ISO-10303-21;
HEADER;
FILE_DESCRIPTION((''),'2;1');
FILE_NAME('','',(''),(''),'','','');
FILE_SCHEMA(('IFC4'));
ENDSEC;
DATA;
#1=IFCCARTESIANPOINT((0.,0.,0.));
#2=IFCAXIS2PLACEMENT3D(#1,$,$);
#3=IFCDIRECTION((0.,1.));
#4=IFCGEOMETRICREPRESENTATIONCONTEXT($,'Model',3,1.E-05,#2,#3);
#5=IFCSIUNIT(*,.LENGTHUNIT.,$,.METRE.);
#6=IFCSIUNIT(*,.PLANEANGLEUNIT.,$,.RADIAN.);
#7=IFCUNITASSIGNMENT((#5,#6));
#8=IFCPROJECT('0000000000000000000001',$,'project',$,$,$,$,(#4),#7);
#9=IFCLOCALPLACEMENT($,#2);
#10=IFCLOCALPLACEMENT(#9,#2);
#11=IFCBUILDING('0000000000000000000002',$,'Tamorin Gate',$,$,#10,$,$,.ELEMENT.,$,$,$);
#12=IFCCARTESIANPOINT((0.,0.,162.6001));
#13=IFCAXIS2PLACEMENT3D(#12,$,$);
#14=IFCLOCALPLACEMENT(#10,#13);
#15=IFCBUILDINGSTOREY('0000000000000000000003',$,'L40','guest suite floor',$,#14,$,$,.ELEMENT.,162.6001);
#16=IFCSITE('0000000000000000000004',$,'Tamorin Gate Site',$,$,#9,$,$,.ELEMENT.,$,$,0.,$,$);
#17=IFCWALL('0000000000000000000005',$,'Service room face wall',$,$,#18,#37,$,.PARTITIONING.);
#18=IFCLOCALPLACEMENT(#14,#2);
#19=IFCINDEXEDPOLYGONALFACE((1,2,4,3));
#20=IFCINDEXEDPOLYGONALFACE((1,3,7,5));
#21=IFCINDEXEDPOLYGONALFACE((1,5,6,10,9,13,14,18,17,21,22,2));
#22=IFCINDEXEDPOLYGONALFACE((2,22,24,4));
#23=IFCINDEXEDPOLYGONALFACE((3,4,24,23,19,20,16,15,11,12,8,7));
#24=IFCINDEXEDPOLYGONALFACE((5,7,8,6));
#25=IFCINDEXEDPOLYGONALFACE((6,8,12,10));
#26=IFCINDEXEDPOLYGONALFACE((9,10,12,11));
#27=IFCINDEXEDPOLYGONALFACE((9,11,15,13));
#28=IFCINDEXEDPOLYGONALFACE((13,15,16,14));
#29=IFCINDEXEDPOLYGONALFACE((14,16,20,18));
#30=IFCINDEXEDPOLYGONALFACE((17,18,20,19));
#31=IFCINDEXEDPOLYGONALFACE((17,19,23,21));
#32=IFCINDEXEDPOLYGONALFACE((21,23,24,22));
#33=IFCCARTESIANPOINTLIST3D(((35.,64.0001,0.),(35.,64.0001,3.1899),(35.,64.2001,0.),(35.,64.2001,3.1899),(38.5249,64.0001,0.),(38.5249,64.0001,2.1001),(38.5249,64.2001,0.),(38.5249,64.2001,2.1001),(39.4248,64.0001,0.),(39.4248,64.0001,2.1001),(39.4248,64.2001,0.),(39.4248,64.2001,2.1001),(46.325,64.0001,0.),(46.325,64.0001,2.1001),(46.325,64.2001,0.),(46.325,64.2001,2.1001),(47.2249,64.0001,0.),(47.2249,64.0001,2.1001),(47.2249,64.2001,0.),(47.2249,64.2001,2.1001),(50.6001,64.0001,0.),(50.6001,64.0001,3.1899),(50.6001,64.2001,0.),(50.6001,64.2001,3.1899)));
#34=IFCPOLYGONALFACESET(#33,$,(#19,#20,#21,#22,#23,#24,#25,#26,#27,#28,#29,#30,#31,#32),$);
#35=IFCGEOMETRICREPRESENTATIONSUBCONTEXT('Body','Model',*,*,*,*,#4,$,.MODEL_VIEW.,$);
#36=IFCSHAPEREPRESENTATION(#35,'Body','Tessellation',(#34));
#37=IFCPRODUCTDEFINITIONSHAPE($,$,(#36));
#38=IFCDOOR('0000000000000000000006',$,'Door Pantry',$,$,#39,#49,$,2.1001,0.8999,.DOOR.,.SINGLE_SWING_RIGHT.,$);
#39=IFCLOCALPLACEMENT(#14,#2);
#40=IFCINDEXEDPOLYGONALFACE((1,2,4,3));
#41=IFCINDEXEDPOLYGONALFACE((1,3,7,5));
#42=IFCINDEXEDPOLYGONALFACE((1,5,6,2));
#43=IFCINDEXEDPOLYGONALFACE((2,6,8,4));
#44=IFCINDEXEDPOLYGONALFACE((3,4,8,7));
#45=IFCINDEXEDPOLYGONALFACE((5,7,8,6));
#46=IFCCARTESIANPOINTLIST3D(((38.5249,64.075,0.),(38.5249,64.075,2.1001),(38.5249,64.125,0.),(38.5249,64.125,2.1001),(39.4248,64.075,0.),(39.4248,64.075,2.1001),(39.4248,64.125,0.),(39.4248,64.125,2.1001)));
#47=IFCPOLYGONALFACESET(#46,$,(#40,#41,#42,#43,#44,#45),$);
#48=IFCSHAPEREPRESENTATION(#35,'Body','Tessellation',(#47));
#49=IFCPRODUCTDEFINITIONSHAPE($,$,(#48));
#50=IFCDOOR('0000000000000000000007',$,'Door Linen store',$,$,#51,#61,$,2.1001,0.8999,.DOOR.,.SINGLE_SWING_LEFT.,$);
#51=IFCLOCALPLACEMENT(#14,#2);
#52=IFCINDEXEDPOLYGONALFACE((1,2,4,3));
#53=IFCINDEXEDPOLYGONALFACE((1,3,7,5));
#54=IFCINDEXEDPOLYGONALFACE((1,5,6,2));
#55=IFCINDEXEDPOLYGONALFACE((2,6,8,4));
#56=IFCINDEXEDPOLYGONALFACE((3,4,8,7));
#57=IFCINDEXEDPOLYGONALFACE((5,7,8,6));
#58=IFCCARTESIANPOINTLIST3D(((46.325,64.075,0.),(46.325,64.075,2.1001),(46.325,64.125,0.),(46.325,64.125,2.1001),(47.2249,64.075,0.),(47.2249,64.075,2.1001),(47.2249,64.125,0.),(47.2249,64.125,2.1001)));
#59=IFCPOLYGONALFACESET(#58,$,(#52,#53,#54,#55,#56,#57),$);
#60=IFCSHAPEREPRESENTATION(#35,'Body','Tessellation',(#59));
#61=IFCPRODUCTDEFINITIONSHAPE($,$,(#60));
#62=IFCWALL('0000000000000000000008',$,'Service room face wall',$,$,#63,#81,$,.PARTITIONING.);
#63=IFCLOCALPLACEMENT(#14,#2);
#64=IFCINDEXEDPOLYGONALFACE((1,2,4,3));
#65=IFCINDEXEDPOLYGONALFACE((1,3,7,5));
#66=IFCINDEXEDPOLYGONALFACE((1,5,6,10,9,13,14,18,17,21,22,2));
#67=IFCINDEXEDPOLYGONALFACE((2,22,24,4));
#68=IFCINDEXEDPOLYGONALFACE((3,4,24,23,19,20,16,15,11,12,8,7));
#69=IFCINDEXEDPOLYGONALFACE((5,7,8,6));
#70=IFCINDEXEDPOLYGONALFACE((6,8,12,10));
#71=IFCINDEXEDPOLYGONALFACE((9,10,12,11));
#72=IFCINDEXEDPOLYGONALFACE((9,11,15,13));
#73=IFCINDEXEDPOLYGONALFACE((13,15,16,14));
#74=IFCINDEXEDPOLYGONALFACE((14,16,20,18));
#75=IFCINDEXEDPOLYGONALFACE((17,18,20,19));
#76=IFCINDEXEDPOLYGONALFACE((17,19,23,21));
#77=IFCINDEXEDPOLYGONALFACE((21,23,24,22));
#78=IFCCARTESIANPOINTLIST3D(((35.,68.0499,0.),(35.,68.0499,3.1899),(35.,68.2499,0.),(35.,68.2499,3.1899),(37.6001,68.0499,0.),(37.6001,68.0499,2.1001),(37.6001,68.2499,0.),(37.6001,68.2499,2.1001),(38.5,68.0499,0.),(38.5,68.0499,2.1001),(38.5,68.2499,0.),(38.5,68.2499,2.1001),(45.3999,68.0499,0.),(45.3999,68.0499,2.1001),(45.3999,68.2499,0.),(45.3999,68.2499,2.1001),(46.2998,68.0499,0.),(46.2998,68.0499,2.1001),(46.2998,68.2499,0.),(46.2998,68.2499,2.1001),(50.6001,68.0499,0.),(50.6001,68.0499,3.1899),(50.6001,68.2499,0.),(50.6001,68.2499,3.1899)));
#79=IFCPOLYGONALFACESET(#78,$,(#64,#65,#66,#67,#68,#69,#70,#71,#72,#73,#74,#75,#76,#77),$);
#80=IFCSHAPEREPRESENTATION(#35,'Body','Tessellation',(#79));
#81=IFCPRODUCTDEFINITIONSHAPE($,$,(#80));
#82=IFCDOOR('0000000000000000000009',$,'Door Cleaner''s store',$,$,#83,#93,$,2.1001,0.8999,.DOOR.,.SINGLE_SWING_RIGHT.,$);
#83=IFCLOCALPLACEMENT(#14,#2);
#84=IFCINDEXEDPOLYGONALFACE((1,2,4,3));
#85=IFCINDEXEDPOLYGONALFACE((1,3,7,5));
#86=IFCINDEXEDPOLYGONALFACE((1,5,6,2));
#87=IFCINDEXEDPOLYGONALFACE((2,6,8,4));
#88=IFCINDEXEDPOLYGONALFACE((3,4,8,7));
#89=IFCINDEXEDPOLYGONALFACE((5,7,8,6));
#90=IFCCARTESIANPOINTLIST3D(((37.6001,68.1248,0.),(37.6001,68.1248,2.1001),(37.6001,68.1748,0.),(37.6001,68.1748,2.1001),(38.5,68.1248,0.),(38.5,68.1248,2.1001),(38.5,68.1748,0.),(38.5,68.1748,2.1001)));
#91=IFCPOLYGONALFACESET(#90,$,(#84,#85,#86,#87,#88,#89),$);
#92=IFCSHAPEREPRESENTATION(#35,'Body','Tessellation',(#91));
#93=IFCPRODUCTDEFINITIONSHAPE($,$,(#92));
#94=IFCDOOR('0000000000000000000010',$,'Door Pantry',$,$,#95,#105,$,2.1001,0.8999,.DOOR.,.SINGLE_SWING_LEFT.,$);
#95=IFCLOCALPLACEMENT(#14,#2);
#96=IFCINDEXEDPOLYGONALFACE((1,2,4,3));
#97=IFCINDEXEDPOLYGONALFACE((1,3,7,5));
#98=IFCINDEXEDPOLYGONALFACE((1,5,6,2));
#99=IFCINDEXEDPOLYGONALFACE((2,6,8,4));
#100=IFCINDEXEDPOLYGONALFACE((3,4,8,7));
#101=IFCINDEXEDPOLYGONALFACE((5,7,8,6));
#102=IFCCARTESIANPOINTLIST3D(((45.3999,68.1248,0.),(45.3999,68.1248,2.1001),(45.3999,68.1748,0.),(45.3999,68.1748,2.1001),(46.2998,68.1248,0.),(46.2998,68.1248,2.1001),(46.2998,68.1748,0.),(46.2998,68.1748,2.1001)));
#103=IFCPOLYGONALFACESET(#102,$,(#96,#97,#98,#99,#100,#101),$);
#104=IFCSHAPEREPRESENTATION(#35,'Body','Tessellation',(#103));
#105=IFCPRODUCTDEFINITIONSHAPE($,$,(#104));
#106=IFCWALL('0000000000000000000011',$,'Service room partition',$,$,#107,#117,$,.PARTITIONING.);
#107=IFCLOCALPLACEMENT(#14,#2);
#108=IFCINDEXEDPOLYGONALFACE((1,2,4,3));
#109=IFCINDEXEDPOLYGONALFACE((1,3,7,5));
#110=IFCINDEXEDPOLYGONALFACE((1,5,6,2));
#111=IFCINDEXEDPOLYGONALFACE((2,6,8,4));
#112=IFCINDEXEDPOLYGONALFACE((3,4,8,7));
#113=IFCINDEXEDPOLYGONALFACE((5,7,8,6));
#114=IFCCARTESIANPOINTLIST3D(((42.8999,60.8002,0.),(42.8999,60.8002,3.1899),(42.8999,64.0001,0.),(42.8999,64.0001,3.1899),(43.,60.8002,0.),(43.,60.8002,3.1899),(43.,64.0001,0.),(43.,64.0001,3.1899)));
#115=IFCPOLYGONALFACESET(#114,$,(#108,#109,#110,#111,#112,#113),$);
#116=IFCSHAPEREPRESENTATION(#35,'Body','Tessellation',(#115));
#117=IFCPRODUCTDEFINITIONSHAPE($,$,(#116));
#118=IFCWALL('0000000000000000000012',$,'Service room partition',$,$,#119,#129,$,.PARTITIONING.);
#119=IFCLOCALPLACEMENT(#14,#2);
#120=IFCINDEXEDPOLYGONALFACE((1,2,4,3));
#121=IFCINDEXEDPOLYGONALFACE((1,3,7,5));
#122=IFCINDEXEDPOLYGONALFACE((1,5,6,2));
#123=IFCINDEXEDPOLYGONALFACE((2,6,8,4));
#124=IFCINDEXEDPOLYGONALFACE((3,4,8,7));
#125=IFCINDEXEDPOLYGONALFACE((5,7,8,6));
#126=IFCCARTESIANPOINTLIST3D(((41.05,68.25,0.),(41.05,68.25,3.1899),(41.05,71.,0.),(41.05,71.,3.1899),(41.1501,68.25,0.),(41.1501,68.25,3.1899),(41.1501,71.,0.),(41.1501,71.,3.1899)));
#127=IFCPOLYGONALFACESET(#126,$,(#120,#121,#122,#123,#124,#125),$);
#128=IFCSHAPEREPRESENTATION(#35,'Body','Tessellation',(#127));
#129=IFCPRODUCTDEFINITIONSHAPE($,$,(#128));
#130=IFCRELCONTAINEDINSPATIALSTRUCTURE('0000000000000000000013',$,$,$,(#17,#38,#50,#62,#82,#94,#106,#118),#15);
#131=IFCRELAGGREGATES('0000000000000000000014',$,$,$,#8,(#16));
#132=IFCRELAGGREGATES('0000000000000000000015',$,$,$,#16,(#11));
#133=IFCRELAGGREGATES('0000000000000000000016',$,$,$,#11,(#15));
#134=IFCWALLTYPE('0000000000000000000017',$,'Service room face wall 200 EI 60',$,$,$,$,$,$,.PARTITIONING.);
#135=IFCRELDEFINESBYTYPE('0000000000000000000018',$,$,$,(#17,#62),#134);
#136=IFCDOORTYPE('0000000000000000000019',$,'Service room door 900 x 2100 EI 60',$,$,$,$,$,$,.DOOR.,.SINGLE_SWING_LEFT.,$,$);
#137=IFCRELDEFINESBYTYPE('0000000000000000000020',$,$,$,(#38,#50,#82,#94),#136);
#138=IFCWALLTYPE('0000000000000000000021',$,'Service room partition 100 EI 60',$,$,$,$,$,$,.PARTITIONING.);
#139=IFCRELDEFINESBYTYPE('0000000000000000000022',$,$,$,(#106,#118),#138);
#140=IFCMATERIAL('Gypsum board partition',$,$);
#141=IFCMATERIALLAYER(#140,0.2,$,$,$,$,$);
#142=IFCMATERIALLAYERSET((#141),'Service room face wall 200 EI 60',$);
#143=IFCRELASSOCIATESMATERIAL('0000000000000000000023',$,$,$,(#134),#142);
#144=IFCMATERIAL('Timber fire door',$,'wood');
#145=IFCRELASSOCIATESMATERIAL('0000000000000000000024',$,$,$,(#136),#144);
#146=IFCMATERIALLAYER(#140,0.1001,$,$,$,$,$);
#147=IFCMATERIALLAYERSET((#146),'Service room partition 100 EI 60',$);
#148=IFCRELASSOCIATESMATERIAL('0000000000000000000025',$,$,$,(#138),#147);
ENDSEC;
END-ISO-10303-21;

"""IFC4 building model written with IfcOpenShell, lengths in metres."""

from ifc_helpers import new_model, si_unit, direction, frame, frame_2d, origin, place, context, subcontext, project, spatial, rectangle, extrude, material, layer, layer_set, type_object, element, fill, save


model = new_model("IFC4")

# Units and contexts
model_context = context("Model", 3, precision=1e-05, world=origin(), true_north=direction((0.0, 1.0)))
body_context = subcontext(model_context, "Body", "Model", "MODEL_VIEW")
ifc_project = project(units=[si_unit("LENGTHUNIT", "METRE"), si_unit("PLANEANGLEUNIT", "RADIAN")], contexts=[model_context])

# Site, building, storey
site_placement = place(None, origin())
site = spatial("IfcSite", under=ifc_project, at=site_placement, Name="Tamorin Gate Site", CompositionType="ELEMENT", RefElevation=0.0)
building_placement = place(site_placement, origin())
building = spatial("IfcBuilding", under=site, at=building_placement, Name="Tamorin Gate", CompositionType="ELEMENT")
storey_placement = place(building_placement, frame((0.0, 0.0, 162.6001)))
storey = spatial("IfcBuildingStorey", under=building, at=storey_placement, Name="L40", Description="guest suite floor", CompositionType="ELEMENT", Elevation=162.6001)

# Walls, openings, doors
ifc_material_1 = material(Name="Gypsum board partition")
ifc_layer_1 = layer(ifc_material_1, 0.2)
ifc_layer_set_1 = layer_set([ifc_layer_1], Name="Service room face wall 200 EI 60")
wall_type_1 = type_object("IfcWallType", Name="Service room face wall 200 EI 60", PredefinedType="PARTITIONING", material=ifc_layer_set_1)
wall_1_placement = place(storey_placement, frame((35.0, 64.1001, 0.0), z_axis=(0.0, 0.0, 1.0), x_axis=(1.0, 0.0, 0.0)))
wall_1 = element("IfcWall", 1, at=wall_1_placement, inside=storey, type_object=wall_type_1, Name="Service room face wall", PredefinedType="PARTITIONING", context=body_context, shape_type="SweptSolid", body=[
    extrude(rectangle(XDim=15.6001, YDim=0.2, at=frame_2d((7.8, 0.0))), origin(), (0.0, 0.0, 1.0), 3.1899),
])
opening_1_placement = place(wall_1_placement, frame((3.5249, 0.0, 0.0)))
opening_1 = element("IfcOpeningElement", 2, at=opening_1_placement, cuts=wall_1, PredefinedType="OPENING", context=body_context, shape_type="SweptSolid", body=[
    extrude(rectangle(XDim=0.8999, YDim=2.1001, at=frame_2d((0.45, 1.05))), frame((0.0, 0.1099, 0.0), z_axis=(0.0, -1.0, 0.0), x_axis=(1.0, 0.0, 0.0)), (0.0, 0.0, 1.0), 0.22),
])
opening_2_placement = place(wall_1_placement, frame((11.325, 0.0, 0.0)))
opening_2 = element("IfcOpeningElement", 3, at=opening_2_placement, cuts=wall_1, PredefinedType="OPENING", context=body_context, shape_type="SweptSolid", body=[
    extrude(rectangle(XDim=0.8999, YDim=2.1001, at=frame_2d((0.45, 1.05))), frame((0.0, 0.1099, 0.0), z_axis=(0.0, -1.0, 0.0), x_axis=(1.0, 0.0, 0.0)), (0.0, 0.0, 1.0), 0.22),
])
ifc_material_2 = material(Name="Timber fire door", Category="wood")
door_type_1 = type_object("IfcDoorType", Name="Service room door 900 x 2100 EI 60", OperationType="SINGLE_SWING_LEFT", PredefinedType="DOOR", material=ifc_material_2)
door_1_placement = place(opening_1_placement, origin())
door_1 = element("IfcDoor", 4, at=door_1_placement, inside=storey, type_object=door_type_1, Name="Door Pantry", OperationType="SINGLE_SWING_RIGHT", OverallHeight=2.1001, OverallWidth=0.8999, PredefinedType="DOOR", context=body_context, shape_type="SweptSolid", body=[
    extrude(rectangle(XDim=0.8999, YDim=2.1001, at=frame_2d((0.45, 1.05))), frame((0.0, 0.0249, 0.0), z_axis=(0.0, -1.0, 0.0), x_axis=(1.0, 0.0, 0.0)), (0.0, 0.0, 1.0), 0.05),
])
fill(opening_1, door_1)
door_2_placement = place(opening_2_placement, origin())
door_2 = element("IfcDoor", 5, at=door_2_placement, inside=storey, type_object=door_type_1, Name="Door Linen store", OperationType="SINGLE_SWING_LEFT", OverallHeight=2.1001, OverallWidth=0.8999, PredefinedType="DOOR", context=body_context, shape_type="SweptSolid", body=[
    extrude(rectangle(XDim=0.8999, YDim=2.1001, at=frame_2d((0.45, 1.05))), frame((0.0, 0.0249, 0.0), z_axis=(0.0, -1.0, 0.0), x_axis=(1.0, 0.0, 0.0)), (0.0, 0.0, 1.0), 0.05),
])
fill(opening_2, door_2)
wall_2_placement = place(storey_placement, frame((35.0, 68.1499, 0.0), z_axis=(0.0, 0.0, 1.0), x_axis=(1.0, 0.0, 0.0)))
wall_2 = element("IfcWall", 6, at=wall_2_placement, inside=storey, type_object=wall_type_1, Name="Service room face wall", PredefinedType="PARTITIONING", context=body_context, shape_type="SweptSolid", body=[
    extrude(rectangle(XDim=15.6001, YDim=0.2, at=frame_2d((7.8, 0.0))), origin(), (0.0, 0.0, 1.0), 3.1899),
])
opening_3_placement = place(wall_2_placement, frame((2.6001, 0.0, 0.0)))
opening_3 = element("IfcOpeningElement", 7, at=opening_3_placement, cuts=wall_2, PredefinedType="OPENING", context=body_context, shape_type="SweptSolid", body=[
    extrude(rectangle(XDim=0.8999, YDim=2.1001, at=frame_2d((0.45, 1.05))), frame((0.0, 0.1099, 0.0), z_axis=(0.0, -1.0, 0.0), x_axis=(1.0, 0.0, 0.0)), (0.0, 0.0, 1.0), 0.22),
])
opening_4_placement = place(wall_2_placement, frame((10.3999, 0.0, 0.0)))
opening_4 = element("IfcOpeningElement", 8, at=opening_4_placement, cuts=wall_2, PredefinedType="OPENING", context=body_context, shape_type="SweptSolid", body=[
    extrude(rectangle(XDim=0.8999, YDim=2.1001, at=frame_2d((0.45, 1.05))), frame((0.0, 0.1099, 0.0), z_axis=(0.0, -1.0, 0.0), x_axis=(1.0, 0.0, 0.0)), (0.0, 0.0, 1.0), 0.22),
])
door_3_placement = place(opening_3_placement, origin())
door_3 = element("IfcDoor", 9, at=door_3_placement, inside=storey, type_object=door_type_1, Name="Door Cleaner's store", OperationType="SINGLE_SWING_RIGHT", OverallHeight=2.1001, OverallWidth=0.8999, PredefinedType="DOOR", context=body_context, shape_type="SweptSolid", body=[
    extrude(rectangle(XDim=0.8999, YDim=2.1001, at=frame_2d((0.45, 1.05))), frame((0.0, 0.0249, 0.0), z_axis=(0.0, -1.0, 0.0), x_axis=(1.0, 0.0, 0.0)), (0.0, 0.0, 1.0), 0.05),
])
fill(opening_3, door_3)
door_4_placement = place(opening_4_placement, origin())
door_4 = element("IfcDoor", 10, at=door_4_placement, inside=storey, type_object=door_type_1, Name="Door Pantry", OperationType="SINGLE_SWING_LEFT", OverallHeight=2.1001, OverallWidth=0.8999, PredefinedType="DOOR", context=body_context, shape_type="SweptSolid", body=[
    extrude(rectangle(XDim=0.8999, YDim=2.1001, at=frame_2d((0.45, 1.05))), frame((0.0, 0.0249, 0.0), z_axis=(0.0, -1.0, 0.0), x_axis=(1.0, 0.0, 0.0)), (0.0, 0.0, 1.0), 0.05),
])
fill(opening_4, door_4)

# Walls
ifc_layer_2 = layer(ifc_material_1, 0.1001)
ifc_layer_set_2 = layer_set([ifc_layer_2], Name="Service room partition 100 EI 60")
wall_type_2 = type_object("IfcWallType", Name="Service room partition 100 EI 60", PredefinedType="PARTITIONING", material=ifc_layer_set_2)
wall_3_placement = place(storey_placement, frame((42.95, 60.8, 0.0), z_axis=(0.0, 0.0, 1.0), x_axis=(0.0, 1.0, 0.0)))
element("IfcWall", 11, at=wall_3_placement, inside=storey, type_object=wall_type_2, Name="Service room partition", PredefinedType="PARTITIONING", context=body_context, shape_type="SweptSolid", body=[
    extrude(rectangle(XDim=3.2, YDim=0.1001, at=frame_2d((1.6001, 0.0))), origin(), (0.0, 0.0, 1.0), 3.1899),
])
wall_4_placement = place(storey_placement, frame((41.1001, 68.25, 0.0), z_axis=(0.0, 0.0, 1.0), x_axis=(0.0, 1.0, 0.0)))
element("IfcWall", 12, at=wall_4_placement, inside=storey, type_object=wall_type_2, Name="Service room partition", PredefinedType="PARTITIONING", context=body_context, shape_type="SweptSolid", body=[
    extrude(rectangle(XDim=2.75, YDim=0.1001, at=frame_2d((1.375, 0.0))), origin(), (0.0, 0.0, 1.0), 3.1899),
])

save(model, "model.ifc")
